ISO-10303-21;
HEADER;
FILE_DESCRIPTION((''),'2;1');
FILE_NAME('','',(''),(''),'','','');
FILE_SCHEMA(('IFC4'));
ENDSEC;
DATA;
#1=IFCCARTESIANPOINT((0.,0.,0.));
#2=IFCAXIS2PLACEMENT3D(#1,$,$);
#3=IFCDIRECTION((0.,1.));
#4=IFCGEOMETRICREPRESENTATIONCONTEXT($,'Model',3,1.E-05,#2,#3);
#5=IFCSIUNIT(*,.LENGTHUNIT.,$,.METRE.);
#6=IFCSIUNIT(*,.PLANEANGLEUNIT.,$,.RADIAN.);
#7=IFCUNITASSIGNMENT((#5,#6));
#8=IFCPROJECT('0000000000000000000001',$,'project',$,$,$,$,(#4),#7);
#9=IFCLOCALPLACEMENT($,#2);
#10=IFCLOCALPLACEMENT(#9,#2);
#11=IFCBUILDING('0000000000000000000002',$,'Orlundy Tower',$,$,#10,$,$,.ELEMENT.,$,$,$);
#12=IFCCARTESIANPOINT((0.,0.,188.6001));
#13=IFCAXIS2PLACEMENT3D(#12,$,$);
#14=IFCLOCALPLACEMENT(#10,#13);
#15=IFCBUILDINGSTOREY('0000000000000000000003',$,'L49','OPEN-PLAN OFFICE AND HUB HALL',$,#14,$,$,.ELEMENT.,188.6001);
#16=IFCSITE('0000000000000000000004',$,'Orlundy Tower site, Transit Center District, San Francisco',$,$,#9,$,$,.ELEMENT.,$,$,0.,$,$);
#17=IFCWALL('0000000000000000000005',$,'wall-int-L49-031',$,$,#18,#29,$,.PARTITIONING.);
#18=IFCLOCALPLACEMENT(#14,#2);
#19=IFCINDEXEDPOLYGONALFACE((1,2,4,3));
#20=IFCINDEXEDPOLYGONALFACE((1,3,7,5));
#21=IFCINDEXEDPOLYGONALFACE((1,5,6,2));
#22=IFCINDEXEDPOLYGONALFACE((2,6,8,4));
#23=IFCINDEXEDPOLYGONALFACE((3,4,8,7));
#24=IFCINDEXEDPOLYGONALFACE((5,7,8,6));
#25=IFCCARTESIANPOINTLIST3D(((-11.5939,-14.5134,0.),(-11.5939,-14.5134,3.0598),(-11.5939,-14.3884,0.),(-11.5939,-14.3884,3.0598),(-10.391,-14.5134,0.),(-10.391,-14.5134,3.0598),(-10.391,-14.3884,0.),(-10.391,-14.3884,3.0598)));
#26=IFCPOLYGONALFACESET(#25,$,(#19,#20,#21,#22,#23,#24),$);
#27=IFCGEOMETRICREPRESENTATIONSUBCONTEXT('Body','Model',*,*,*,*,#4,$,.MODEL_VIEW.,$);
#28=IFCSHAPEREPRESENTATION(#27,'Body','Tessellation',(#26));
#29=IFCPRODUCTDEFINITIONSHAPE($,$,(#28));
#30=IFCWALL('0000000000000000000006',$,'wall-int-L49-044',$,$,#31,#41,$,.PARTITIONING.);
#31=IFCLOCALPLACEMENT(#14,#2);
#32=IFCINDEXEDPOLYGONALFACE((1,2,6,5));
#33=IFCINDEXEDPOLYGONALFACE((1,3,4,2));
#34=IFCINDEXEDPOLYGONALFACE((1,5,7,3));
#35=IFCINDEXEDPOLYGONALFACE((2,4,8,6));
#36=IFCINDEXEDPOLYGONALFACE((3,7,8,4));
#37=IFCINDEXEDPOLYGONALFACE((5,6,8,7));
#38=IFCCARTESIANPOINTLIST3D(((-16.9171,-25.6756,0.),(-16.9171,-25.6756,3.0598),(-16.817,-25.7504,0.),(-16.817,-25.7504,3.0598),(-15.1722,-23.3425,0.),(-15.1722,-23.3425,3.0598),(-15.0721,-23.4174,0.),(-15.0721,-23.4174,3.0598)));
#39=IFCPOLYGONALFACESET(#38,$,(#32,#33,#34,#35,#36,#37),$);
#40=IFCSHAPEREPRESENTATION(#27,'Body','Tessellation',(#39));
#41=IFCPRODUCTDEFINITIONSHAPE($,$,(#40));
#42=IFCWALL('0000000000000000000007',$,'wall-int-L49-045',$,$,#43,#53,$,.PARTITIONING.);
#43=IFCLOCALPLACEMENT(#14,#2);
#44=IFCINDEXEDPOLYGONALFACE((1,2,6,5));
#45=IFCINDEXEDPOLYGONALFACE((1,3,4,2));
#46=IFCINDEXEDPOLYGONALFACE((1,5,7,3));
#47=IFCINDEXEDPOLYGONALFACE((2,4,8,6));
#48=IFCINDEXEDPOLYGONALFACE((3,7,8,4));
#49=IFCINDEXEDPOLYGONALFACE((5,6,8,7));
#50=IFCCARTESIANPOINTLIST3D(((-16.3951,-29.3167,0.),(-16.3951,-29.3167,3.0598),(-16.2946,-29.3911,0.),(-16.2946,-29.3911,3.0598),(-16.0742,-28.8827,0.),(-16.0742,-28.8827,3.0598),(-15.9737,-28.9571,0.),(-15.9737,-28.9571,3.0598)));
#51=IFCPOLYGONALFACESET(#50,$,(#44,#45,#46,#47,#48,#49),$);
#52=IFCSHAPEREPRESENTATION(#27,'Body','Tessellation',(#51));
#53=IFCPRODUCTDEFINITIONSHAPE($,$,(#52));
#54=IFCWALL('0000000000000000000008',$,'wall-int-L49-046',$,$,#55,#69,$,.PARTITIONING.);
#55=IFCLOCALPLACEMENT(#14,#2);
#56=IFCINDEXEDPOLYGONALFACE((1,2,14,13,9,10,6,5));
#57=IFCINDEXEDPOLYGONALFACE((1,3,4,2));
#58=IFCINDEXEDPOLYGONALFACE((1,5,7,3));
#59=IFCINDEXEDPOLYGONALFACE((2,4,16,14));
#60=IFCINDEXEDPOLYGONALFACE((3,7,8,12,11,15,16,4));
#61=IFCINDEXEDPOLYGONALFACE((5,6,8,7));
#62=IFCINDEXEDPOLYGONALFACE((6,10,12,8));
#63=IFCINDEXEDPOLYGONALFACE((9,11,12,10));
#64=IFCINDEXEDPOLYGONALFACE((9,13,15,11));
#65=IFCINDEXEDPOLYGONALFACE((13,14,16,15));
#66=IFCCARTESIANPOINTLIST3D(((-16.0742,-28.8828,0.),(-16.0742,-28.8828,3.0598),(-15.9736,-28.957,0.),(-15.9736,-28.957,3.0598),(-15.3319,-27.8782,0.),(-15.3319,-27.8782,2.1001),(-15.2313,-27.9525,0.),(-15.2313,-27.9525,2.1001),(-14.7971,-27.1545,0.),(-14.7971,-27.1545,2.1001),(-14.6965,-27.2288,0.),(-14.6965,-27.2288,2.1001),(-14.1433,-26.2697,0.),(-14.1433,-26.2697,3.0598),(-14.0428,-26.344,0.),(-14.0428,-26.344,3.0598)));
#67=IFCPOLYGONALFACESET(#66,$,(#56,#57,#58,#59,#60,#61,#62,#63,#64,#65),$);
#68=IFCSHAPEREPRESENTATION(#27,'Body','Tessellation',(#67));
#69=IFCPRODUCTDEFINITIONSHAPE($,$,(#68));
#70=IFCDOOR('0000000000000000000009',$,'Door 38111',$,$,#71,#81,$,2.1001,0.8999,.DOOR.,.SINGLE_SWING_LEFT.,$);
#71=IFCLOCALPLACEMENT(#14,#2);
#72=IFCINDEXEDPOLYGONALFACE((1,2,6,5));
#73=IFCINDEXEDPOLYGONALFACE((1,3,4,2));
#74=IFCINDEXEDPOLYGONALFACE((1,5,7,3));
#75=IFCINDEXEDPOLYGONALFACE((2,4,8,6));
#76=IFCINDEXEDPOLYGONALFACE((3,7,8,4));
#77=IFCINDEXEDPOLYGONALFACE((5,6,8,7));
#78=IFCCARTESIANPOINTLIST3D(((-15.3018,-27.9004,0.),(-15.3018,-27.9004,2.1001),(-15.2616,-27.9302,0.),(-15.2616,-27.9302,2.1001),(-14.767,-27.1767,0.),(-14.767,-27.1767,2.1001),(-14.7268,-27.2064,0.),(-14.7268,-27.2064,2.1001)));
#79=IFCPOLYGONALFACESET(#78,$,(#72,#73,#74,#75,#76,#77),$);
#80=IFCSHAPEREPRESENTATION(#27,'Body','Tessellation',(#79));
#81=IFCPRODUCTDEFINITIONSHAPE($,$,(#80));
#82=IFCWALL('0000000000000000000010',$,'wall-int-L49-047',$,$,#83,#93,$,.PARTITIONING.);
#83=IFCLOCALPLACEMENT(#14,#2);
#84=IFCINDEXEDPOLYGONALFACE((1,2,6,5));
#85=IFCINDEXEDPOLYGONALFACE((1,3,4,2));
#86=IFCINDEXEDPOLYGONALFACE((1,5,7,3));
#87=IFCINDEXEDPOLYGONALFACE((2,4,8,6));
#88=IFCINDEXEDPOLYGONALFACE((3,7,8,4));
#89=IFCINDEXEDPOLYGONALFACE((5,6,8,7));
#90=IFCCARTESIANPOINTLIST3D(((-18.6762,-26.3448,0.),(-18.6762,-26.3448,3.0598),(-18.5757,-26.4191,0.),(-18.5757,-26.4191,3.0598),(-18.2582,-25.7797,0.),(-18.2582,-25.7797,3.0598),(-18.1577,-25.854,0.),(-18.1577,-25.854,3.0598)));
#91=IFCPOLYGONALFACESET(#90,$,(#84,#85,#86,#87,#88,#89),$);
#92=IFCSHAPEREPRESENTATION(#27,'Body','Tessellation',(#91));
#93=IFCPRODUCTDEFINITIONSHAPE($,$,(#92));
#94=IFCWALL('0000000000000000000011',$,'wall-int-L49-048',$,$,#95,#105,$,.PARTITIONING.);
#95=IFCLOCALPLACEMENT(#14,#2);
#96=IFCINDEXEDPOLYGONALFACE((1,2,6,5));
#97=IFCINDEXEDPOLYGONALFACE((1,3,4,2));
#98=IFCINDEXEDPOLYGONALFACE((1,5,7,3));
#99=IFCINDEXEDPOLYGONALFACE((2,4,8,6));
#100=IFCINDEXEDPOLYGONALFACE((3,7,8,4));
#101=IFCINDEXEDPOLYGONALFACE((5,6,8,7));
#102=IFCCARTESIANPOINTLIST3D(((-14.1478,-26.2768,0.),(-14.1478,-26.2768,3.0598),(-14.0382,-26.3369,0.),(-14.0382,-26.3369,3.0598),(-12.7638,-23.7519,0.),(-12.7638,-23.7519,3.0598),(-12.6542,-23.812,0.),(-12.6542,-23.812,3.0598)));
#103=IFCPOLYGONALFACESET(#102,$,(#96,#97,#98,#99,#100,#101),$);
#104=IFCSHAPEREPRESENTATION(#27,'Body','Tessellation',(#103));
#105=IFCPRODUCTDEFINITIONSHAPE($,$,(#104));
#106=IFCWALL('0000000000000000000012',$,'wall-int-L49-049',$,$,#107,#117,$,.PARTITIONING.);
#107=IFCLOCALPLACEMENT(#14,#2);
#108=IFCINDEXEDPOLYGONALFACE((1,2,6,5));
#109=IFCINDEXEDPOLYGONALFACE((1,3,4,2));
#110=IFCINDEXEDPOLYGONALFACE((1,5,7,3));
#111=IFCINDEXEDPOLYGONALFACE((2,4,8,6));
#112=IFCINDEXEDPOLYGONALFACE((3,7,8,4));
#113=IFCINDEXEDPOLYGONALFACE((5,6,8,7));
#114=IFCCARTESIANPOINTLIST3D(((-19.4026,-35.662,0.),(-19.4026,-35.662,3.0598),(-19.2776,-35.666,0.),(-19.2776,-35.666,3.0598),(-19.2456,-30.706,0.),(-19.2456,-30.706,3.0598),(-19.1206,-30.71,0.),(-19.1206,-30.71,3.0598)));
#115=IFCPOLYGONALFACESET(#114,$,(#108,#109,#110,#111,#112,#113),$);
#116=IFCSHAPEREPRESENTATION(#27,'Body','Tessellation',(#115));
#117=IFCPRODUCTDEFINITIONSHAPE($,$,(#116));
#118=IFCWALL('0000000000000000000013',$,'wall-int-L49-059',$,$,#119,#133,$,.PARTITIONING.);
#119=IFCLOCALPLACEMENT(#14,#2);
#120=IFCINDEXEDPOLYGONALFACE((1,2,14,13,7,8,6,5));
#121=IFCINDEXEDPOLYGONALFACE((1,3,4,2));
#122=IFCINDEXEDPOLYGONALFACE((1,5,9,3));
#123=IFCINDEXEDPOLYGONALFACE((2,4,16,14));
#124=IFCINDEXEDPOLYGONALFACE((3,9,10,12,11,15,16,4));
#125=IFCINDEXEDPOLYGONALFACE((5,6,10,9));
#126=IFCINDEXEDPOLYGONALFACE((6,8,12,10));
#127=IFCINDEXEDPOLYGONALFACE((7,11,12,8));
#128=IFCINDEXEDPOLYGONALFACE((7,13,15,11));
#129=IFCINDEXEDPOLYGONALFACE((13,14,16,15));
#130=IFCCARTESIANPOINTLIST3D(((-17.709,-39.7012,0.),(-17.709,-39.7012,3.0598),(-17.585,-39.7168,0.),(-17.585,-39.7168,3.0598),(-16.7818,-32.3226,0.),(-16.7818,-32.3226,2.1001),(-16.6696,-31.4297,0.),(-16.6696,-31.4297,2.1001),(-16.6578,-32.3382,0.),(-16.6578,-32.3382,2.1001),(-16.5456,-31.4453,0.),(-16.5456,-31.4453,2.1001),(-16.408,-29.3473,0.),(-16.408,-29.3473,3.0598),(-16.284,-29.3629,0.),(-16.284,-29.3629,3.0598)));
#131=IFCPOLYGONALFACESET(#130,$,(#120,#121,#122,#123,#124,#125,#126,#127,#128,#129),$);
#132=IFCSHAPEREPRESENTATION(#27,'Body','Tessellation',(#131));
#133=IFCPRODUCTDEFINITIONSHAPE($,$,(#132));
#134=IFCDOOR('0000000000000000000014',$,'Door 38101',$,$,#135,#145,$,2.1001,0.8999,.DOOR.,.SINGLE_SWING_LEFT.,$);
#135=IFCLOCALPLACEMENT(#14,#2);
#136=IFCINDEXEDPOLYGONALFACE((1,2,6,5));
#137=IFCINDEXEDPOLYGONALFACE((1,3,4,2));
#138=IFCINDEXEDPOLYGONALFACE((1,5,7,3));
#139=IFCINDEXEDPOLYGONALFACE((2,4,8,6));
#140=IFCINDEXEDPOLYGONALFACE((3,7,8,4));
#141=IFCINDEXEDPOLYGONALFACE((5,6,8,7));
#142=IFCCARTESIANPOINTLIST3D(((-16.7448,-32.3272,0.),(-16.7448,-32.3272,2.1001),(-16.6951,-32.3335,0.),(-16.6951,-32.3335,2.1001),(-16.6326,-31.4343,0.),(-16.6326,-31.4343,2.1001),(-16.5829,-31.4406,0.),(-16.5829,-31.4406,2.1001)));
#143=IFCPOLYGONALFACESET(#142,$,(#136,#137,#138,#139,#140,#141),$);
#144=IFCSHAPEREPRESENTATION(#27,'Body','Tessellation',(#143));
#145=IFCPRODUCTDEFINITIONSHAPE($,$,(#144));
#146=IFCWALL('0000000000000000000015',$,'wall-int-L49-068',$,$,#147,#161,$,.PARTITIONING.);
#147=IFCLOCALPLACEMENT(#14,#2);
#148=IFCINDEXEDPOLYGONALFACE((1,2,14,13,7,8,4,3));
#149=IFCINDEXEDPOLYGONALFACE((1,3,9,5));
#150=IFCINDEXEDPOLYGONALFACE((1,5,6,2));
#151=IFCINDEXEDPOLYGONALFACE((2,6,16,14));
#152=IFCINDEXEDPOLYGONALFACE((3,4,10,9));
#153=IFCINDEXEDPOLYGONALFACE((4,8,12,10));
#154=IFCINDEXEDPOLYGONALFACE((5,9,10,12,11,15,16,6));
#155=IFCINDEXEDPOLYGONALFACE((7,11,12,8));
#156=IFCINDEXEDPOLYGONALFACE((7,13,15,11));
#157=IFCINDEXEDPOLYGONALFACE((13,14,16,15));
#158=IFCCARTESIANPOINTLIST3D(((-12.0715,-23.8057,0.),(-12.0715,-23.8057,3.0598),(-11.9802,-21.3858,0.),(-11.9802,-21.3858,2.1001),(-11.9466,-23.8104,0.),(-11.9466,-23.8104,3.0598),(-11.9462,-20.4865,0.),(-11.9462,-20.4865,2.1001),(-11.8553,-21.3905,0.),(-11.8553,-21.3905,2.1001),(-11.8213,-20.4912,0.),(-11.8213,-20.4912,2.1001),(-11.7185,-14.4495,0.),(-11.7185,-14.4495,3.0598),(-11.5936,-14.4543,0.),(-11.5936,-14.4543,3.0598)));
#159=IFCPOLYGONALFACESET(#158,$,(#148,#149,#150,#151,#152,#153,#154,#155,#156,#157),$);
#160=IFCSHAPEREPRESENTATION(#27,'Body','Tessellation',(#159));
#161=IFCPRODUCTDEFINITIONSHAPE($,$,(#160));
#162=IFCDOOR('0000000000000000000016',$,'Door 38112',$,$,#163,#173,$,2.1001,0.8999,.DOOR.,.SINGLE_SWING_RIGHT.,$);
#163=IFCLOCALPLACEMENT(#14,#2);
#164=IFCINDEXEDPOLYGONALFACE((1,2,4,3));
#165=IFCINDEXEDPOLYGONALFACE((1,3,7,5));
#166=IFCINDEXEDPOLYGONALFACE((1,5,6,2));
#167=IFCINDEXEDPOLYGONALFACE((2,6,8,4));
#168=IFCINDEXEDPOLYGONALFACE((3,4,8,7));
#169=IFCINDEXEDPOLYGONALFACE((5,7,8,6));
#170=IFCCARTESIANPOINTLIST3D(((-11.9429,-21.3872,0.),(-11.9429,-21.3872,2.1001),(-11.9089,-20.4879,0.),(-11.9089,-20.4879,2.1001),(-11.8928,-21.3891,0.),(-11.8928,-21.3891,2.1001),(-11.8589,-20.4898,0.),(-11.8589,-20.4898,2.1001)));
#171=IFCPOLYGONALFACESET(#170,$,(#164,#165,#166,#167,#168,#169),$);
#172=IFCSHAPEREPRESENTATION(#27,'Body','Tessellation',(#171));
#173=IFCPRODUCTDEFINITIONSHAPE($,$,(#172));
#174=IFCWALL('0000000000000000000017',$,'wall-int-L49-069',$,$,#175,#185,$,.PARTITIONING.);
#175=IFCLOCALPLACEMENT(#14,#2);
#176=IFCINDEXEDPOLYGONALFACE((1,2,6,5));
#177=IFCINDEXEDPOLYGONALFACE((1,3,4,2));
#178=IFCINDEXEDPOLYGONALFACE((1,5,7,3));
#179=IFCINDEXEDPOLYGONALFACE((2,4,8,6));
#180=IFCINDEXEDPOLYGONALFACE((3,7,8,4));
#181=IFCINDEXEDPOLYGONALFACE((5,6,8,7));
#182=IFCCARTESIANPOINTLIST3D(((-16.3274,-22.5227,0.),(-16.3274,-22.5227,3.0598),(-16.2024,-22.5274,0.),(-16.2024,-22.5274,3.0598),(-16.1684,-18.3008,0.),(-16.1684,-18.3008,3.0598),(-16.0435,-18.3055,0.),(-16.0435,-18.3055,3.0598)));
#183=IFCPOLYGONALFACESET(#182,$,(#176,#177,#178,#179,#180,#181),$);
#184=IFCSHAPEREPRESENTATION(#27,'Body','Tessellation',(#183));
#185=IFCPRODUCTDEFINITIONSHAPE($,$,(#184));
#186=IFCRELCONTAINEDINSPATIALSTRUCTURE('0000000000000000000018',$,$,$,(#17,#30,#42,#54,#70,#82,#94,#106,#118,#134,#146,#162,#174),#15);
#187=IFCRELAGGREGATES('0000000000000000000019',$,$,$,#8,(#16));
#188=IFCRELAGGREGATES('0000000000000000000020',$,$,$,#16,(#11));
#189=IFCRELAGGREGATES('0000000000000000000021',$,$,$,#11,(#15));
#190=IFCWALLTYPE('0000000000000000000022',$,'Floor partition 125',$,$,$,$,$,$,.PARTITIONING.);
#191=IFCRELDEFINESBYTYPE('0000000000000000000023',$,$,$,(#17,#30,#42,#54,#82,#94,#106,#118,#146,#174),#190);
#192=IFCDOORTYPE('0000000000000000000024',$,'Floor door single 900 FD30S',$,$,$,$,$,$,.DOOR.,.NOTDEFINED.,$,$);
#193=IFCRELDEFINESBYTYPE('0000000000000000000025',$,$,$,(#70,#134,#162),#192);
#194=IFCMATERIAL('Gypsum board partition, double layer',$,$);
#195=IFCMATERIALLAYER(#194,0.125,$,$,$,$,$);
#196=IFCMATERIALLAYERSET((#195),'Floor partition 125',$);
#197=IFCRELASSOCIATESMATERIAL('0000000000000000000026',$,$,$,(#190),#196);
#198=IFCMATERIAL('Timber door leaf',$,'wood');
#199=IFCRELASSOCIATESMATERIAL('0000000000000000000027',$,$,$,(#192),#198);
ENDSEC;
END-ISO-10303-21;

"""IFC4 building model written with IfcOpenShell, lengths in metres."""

from ifc_helpers import new_model, si_unit, direction, frame, frame_2d, origin, place, context, subcontext, project, spatial, rectangle, extrude, material, layer, layer_set, type_object, element, fill, save


model = new_model("IFC4")

# Units and contexts
model_context = context("Model", 3, precision=1e-05, world=origin(), true_north=direction((0.0, 1.0)))
body_context = subcontext(model_context, "Body", "Model", "MODEL_VIEW")
ifc_project = project(units=[si_unit("LENGTHUNIT", "METRE"), si_unit("PLANEANGLEUNIT", "RADIAN")], contexts=[model_context])

# Site, building, storey
site_placement = place(None, origin())
site = spatial("IfcSite", under=ifc_project, at=site_placement, Name="Orlundy Tower site, Transit Center District, San Francisco", CompositionType="ELEMENT", RefElevation=0.0)
building_placement = place(site_placement, origin())
building = spatial("IfcBuilding", under=site, at=building_placement, Name="Orlundy Tower", CompositionType="ELEMENT")
storey_placement = place(building_placement, frame((0.0, 0.0, 188.6001)))
storey = spatial("IfcBuildingStorey", under=building, at=storey_placement, Name="L49", Description="OPEN-PLAN OFFICE AND HUB HALL", CompositionType="ELEMENT", Elevation=188.6001)

# Walls
ifc_material_1 = material(Name="Gypsum board partition, double layer")
ifc_layer_1 = layer(ifc_material_1, 0.125)
ifc_layer_set_1 = layer_set([ifc_layer_1], Name="Floor partition 125")
wall_type_1 = type_object("IfcWallType", Name="Floor partition 125", PredefinedType="PARTITIONING", material=ifc_layer_set_1)
wall_1_placement = place(storey_placement, frame((-11.594, -14.4509, 0.0), z_axis=(0.0, 0.0, 1.0), x_axis=(1.0, 0.0, 0.0)))
element("IfcWall", 1, at=wall_1_placement, inside=storey, type_object=wall_type_1, Name="wall-int-L49-031", PredefinedType="PARTITIONING", context=body_context, shape_type="SweptSolid", body=[
    extrude(rectangle(XDim=1.2029, YDim=0.125, at=frame_2d((0.6016, 0.0))), origin(), (0.0, 0.0, 1.0), 3.0598),
])
wall_2_placement = place(storey_placement, frame((-16.8669, -25.7129, 0.0), z_axis=(0.0, 0.0, 1.0), x_axis=(0.598927, 0.800804, 0.0)))
element("IfcWall", 2, at=wall_2_placement, inside=storey, type_object=wall_type_1, Name="wall-int-L49-044", PredefinedType="PARTITIONING", context=body_context, shape_type="SweptSolid", body=[
    extrude(rectangle(XDim=2.9133, YDim=0.125, at=frame_2d((1.4565, 0.0))), origin(), (0.0, 0.0, 1.0), 3.0598),
])
wall_3_placement = place(storey_placement, frame((-16.345, -29.354, 0.0), z_axis=(0.0, 0.0, 1.0), x_axis=(0.594633, 0.803998, 0.0)))
element("IfcWall", 3, at=wall_3_placement, inside=storey, type_object=wall_type_1, Name="wall-int-L49-045", PredefinedType="PARTITIONING", context=body_context, shape_type="SweptSolid", body=[
    extrude(rectangle(XDim=0.5398, YDim=0.125, at=frame_2d((0.27, 0.0))), origin(), (0.0, 0.0, 1.0), 3.0598),
])

# Wall, opening, door
wall_4_placement = place(storey_placement, frame((-14.093, -26.3069, 0.0), z_axis=(0.0, 0.0, 1.0), x_axis=(-0.594298, -0.804245, 0.0)))
wall_4 = element("IfcWall", 4, at=wall_4_placement, inside=storey, type_object=wall_type_1, Name="wall-int-L49-046", PredefinedType="PARTITIONING", context=body_context, shape_type="SweptSolid", body=[
    extrude(rectangle(XDim=3.249, YDim=0.125, at=frame_2d((1.6245, 0.0))), origin(), (0.0, 0.0, 1.0), 3.0598),
])
opening_1_placement = place(wall_4_placement, frame((1.1001, 0.0, 0.0)))
opening_1 = element("IfcOpeningElement", 5, at=opening_1_placement, cuts=wall_4, PredefinedType="OPENING", context=body_context, shape_type="SweptSolid", body=[
    extrude(rectangle(XDim=0.8999, YDim=2.1001, at=frame_2d((0.45, 1.05))), frame((0.0, 0.0725, 0.0), z_axis=(0.0, -1.0, 0.0), x_axis=(1.0, 0.0, 0.0)), (0.0, 0.0, 1.0), 0.145),
])
ifc_material_2 = material(Name="Timber door leaf", Category="wood")
door_type = type_object("IfcDoorType", Name="Floor door single 900 FD30S", OperationType="NOTDEFINED", PredefinedType="DOOR", material=ifc_material_2)
door_1_placement = place(opening_1_placement, origin())
door_1 = element("IfcDoor", 6, at=door_1_placement, inside=storey, type_object=door_type, Name="Door 38111", OperationType="SINGLE_SWING_LEFT", OverallHeight=2.1001, OverallWidth=0.8999, PredefinedType="DOOR", context=body_context, shape_type="SweptSolid", body=[
    extrude(rectangle(XDim=0.8999, YDim=2.1001, at=frame_2d((0.45, 1.05))), frame((0.0, 0.0249, 0.0), z_axis=(0.0, -1.0, 0.0), x_axis=(1.0, 0.0, 0.0)), (0.0, 0.0, 1.0), 0.05),
])
fill(opening_1, door_1)

# Walls
wall_5_placement = place(storey_placement, frame((-18.626, -26.3821, 0.0), z_axis=(0.0, 0.0, 1.0), x_axis=(0.594596, 0.804025, 0.0)))
element("IfcWall", 7, at=wall_5_placement, inside=storey, type_object=wall_type_1, Name="wall-int-L49-047", PredefinedType="PARTITIONING", context=body_context, shape_type="SweptSolid", body=[
    extrude(rectangle(XDim=0.7029, YDim=0.125, at=frame_2d((0.3516, 0.0))), origin(), (0.0, 0.0, 1.0), 3.0598),
])
wall_6_placement = place(storey_placement, frame((-14.093, -26.3069, 0.0), z_axis=(0.0, 0.0, 1.0), x_axis=(0.480675, 0.876899, 0.0)))
element("IfcWall", 8, at=wall_6_placement, inside=storey, type_object=wall_type_1, Name="wall-int-L49-048", PredefinedType="PARTITIONING", context=body_context, shape_type="SweptSolid", body=[
    extrude(rectangle(XDim=2.8794, YDim=0.125, at=frame_2d((1.4397, 0.0))), origin(), (0.0, 0.0, 1.0), 3.0598),
])
wall_7_placement = place(storey_placement, frame((-19.1831, -30.708, 0.0), z_axis=(0.0, 0.0, 1.0), x_axis=(-0.031659, -0.999499, 0.0)))
element("IfcWall", 9, at=wall_7_placement, inside=storey, type_object=wall_type_1, Name="wall-int-L49-049", PredefinedType="PARTITIONING", context=body_context, shape_type="SweptSolid", body=[
    extrude(rectangle(XDim=4.9585, YDim=0.125, at=frame_2d((2.4792, 0.0))), origin(), (0.0, 0.0, 1.0), 3.0598),
])

# Walls, openings, doors
wall_8_placement = place(storey_placement, frame((-16.3459, -29.355, 0.0), z_axis=(0.0, 0.0, 1.0), x_axis=(-0.124674, -0.992198, 0.0)))
wall_8 = element("IfcWall", 10, at=wall_8_placement, inside=storey, type_object=wall_type_1, Name="wall-int-L49-059", PredefinedType="PARTITIONING", context=body_context, shape_type="SweptSolid", body=[
    extrude(rectangle(XDim=10.4353, YDim=0.125, at=frame_2d((5.2178, 0.0))), origin(), (0.0, 0.0, 1.0), 3.0598),
])
opening_2_placement = place(wall_8_placement, frame((2.0989, 0.0, 0.0)))
opening_2 = element("IfcOpeningElement", 11, at=opening_2_placement, cuts=wall_8, PredefinedType="OPENING", context=body_context, shape_type="SweptSolid", body=[
    extrude(rectangle(XDim=0.8999, YDim=2.1001, at=frame_2d((0.45, 1.05))), frame((0.0, 0.0725, 0.0), z_axis=(0.0, -1.0, 0.0), x_axis=(1.0, 0.0, 0.0)), (0.0, 0.0, 1.0), 0.145),
])
door_2_placement = place(opening_2_placement, origin())
door_2 = element("IfcDoor", 12, at=door_2_placement, inside=storey, type_object=door_type, Name="Door 38101", OperationType="SINGLE_SWING_LEFT", OverallHeight=2.1001, OverallWidth=0.8999, PredefinedType="DOOR", context=body_context, shape_type="SweptSolid", body=[
    extrude(rectangle(XDim=0.8999, YDim=2.1001, at=frame_2d((0.45, 1.05))), frame((0.0, 0.0249, 0.0), z_axis=(0.0, -1.0, 0.0), x_axis=(1.0, 0.0, 0.0)), (0.0, 0.0, 1.0), 0.05),
])
fill(opening_2, door_2)
wall_9_placement = place(storey_placement, frame((-11.656, -14.4519, 0.0), z_axis=(0.0, 0.0, 1.0), x_axis=(-0.037705, -0.999289, 0.0)))
wall_9 = element("IfcWall", 13, at=wall_9_placement, inside=storey, type_object=wall_type_1, Name="wall-int-L49-068", PredefinedType="PARTITIONING", context=body_context, shape_type="SweptSolid", body=[
    extrude(rectangle(XDim=9.3628, YDim=0.125, at=frame_2d((4.6814, 0.0))), origin(), (0.0, 0.0, 1.0), 3.0598),
])
opening_3_placement = place(wall_9_placement, frame((6.0413, 0.0, 0.0)))
opening_3 = element("IfcOpeningElement", 14, at=opening_3_placement, cuts=wall_9, PredefinedType="OPENING", context=body_context, shape_type="SweptSolid", body=[
    extrude(rectangle(XDim=0.8999, YDim=2.1001, at=frame_2d((0.45, 1.05))), frame((0.0, 0.0725, 0.0), z_axis=(0.0, -1.0, 0.0), x_axis=(1.0, 0.0, 0.0)), (0.0, 0.0, 1.0), 0.145),
])
door_3_placement = place(opening_3_placement, origin())
door_3 = element("IfcDoor", 15, at=door_3_placement, inside=storey, type_object=door_type, Name="Door 38112", OperationType="SINGLE_SWING_RIGHT", OverallHeight=2.1001, OverallWidth=0.8999, PredefinedType="DOOR", context=body_context, shape_type="SweptSolid", body=[
    extrude(rectangle(XDim=0.8999, YDim=2.1001, at=frame_2d((0.45, 1.05))), frame((0.0, 0.0249, 0.0), z_axis=(0.0, -1.0, 0.0), x_axis=(1.0, 0.0, 0.0)), (0.0, 0.0, 1.0), 0.05),
])
fill(opening_3, door_3)

# Wall
wall_10_placement = place(storey_placement, frame((-16.2649, -22.5249, 0.0), z_axis=(0.0, 0.0, 1.0), x_axis=(0.037619, 0.999292, 0.0)))
element("IfcWall", 16, at=wall_10_placement, inside=storey, type_object=wall_type_1, Name="wall-int-L49-069", PredefinedType="PARTITIONING", context=body_context, shape_type="SweptSolid", body=[
    extrude(rectangle(XDim=4.2249, YDim=0.125, at=frame_2d((2.1123, 0.0))), origin(), (0.0, 0.0, 1.0), 3.0598),
])

save(model, "model.ifc")
